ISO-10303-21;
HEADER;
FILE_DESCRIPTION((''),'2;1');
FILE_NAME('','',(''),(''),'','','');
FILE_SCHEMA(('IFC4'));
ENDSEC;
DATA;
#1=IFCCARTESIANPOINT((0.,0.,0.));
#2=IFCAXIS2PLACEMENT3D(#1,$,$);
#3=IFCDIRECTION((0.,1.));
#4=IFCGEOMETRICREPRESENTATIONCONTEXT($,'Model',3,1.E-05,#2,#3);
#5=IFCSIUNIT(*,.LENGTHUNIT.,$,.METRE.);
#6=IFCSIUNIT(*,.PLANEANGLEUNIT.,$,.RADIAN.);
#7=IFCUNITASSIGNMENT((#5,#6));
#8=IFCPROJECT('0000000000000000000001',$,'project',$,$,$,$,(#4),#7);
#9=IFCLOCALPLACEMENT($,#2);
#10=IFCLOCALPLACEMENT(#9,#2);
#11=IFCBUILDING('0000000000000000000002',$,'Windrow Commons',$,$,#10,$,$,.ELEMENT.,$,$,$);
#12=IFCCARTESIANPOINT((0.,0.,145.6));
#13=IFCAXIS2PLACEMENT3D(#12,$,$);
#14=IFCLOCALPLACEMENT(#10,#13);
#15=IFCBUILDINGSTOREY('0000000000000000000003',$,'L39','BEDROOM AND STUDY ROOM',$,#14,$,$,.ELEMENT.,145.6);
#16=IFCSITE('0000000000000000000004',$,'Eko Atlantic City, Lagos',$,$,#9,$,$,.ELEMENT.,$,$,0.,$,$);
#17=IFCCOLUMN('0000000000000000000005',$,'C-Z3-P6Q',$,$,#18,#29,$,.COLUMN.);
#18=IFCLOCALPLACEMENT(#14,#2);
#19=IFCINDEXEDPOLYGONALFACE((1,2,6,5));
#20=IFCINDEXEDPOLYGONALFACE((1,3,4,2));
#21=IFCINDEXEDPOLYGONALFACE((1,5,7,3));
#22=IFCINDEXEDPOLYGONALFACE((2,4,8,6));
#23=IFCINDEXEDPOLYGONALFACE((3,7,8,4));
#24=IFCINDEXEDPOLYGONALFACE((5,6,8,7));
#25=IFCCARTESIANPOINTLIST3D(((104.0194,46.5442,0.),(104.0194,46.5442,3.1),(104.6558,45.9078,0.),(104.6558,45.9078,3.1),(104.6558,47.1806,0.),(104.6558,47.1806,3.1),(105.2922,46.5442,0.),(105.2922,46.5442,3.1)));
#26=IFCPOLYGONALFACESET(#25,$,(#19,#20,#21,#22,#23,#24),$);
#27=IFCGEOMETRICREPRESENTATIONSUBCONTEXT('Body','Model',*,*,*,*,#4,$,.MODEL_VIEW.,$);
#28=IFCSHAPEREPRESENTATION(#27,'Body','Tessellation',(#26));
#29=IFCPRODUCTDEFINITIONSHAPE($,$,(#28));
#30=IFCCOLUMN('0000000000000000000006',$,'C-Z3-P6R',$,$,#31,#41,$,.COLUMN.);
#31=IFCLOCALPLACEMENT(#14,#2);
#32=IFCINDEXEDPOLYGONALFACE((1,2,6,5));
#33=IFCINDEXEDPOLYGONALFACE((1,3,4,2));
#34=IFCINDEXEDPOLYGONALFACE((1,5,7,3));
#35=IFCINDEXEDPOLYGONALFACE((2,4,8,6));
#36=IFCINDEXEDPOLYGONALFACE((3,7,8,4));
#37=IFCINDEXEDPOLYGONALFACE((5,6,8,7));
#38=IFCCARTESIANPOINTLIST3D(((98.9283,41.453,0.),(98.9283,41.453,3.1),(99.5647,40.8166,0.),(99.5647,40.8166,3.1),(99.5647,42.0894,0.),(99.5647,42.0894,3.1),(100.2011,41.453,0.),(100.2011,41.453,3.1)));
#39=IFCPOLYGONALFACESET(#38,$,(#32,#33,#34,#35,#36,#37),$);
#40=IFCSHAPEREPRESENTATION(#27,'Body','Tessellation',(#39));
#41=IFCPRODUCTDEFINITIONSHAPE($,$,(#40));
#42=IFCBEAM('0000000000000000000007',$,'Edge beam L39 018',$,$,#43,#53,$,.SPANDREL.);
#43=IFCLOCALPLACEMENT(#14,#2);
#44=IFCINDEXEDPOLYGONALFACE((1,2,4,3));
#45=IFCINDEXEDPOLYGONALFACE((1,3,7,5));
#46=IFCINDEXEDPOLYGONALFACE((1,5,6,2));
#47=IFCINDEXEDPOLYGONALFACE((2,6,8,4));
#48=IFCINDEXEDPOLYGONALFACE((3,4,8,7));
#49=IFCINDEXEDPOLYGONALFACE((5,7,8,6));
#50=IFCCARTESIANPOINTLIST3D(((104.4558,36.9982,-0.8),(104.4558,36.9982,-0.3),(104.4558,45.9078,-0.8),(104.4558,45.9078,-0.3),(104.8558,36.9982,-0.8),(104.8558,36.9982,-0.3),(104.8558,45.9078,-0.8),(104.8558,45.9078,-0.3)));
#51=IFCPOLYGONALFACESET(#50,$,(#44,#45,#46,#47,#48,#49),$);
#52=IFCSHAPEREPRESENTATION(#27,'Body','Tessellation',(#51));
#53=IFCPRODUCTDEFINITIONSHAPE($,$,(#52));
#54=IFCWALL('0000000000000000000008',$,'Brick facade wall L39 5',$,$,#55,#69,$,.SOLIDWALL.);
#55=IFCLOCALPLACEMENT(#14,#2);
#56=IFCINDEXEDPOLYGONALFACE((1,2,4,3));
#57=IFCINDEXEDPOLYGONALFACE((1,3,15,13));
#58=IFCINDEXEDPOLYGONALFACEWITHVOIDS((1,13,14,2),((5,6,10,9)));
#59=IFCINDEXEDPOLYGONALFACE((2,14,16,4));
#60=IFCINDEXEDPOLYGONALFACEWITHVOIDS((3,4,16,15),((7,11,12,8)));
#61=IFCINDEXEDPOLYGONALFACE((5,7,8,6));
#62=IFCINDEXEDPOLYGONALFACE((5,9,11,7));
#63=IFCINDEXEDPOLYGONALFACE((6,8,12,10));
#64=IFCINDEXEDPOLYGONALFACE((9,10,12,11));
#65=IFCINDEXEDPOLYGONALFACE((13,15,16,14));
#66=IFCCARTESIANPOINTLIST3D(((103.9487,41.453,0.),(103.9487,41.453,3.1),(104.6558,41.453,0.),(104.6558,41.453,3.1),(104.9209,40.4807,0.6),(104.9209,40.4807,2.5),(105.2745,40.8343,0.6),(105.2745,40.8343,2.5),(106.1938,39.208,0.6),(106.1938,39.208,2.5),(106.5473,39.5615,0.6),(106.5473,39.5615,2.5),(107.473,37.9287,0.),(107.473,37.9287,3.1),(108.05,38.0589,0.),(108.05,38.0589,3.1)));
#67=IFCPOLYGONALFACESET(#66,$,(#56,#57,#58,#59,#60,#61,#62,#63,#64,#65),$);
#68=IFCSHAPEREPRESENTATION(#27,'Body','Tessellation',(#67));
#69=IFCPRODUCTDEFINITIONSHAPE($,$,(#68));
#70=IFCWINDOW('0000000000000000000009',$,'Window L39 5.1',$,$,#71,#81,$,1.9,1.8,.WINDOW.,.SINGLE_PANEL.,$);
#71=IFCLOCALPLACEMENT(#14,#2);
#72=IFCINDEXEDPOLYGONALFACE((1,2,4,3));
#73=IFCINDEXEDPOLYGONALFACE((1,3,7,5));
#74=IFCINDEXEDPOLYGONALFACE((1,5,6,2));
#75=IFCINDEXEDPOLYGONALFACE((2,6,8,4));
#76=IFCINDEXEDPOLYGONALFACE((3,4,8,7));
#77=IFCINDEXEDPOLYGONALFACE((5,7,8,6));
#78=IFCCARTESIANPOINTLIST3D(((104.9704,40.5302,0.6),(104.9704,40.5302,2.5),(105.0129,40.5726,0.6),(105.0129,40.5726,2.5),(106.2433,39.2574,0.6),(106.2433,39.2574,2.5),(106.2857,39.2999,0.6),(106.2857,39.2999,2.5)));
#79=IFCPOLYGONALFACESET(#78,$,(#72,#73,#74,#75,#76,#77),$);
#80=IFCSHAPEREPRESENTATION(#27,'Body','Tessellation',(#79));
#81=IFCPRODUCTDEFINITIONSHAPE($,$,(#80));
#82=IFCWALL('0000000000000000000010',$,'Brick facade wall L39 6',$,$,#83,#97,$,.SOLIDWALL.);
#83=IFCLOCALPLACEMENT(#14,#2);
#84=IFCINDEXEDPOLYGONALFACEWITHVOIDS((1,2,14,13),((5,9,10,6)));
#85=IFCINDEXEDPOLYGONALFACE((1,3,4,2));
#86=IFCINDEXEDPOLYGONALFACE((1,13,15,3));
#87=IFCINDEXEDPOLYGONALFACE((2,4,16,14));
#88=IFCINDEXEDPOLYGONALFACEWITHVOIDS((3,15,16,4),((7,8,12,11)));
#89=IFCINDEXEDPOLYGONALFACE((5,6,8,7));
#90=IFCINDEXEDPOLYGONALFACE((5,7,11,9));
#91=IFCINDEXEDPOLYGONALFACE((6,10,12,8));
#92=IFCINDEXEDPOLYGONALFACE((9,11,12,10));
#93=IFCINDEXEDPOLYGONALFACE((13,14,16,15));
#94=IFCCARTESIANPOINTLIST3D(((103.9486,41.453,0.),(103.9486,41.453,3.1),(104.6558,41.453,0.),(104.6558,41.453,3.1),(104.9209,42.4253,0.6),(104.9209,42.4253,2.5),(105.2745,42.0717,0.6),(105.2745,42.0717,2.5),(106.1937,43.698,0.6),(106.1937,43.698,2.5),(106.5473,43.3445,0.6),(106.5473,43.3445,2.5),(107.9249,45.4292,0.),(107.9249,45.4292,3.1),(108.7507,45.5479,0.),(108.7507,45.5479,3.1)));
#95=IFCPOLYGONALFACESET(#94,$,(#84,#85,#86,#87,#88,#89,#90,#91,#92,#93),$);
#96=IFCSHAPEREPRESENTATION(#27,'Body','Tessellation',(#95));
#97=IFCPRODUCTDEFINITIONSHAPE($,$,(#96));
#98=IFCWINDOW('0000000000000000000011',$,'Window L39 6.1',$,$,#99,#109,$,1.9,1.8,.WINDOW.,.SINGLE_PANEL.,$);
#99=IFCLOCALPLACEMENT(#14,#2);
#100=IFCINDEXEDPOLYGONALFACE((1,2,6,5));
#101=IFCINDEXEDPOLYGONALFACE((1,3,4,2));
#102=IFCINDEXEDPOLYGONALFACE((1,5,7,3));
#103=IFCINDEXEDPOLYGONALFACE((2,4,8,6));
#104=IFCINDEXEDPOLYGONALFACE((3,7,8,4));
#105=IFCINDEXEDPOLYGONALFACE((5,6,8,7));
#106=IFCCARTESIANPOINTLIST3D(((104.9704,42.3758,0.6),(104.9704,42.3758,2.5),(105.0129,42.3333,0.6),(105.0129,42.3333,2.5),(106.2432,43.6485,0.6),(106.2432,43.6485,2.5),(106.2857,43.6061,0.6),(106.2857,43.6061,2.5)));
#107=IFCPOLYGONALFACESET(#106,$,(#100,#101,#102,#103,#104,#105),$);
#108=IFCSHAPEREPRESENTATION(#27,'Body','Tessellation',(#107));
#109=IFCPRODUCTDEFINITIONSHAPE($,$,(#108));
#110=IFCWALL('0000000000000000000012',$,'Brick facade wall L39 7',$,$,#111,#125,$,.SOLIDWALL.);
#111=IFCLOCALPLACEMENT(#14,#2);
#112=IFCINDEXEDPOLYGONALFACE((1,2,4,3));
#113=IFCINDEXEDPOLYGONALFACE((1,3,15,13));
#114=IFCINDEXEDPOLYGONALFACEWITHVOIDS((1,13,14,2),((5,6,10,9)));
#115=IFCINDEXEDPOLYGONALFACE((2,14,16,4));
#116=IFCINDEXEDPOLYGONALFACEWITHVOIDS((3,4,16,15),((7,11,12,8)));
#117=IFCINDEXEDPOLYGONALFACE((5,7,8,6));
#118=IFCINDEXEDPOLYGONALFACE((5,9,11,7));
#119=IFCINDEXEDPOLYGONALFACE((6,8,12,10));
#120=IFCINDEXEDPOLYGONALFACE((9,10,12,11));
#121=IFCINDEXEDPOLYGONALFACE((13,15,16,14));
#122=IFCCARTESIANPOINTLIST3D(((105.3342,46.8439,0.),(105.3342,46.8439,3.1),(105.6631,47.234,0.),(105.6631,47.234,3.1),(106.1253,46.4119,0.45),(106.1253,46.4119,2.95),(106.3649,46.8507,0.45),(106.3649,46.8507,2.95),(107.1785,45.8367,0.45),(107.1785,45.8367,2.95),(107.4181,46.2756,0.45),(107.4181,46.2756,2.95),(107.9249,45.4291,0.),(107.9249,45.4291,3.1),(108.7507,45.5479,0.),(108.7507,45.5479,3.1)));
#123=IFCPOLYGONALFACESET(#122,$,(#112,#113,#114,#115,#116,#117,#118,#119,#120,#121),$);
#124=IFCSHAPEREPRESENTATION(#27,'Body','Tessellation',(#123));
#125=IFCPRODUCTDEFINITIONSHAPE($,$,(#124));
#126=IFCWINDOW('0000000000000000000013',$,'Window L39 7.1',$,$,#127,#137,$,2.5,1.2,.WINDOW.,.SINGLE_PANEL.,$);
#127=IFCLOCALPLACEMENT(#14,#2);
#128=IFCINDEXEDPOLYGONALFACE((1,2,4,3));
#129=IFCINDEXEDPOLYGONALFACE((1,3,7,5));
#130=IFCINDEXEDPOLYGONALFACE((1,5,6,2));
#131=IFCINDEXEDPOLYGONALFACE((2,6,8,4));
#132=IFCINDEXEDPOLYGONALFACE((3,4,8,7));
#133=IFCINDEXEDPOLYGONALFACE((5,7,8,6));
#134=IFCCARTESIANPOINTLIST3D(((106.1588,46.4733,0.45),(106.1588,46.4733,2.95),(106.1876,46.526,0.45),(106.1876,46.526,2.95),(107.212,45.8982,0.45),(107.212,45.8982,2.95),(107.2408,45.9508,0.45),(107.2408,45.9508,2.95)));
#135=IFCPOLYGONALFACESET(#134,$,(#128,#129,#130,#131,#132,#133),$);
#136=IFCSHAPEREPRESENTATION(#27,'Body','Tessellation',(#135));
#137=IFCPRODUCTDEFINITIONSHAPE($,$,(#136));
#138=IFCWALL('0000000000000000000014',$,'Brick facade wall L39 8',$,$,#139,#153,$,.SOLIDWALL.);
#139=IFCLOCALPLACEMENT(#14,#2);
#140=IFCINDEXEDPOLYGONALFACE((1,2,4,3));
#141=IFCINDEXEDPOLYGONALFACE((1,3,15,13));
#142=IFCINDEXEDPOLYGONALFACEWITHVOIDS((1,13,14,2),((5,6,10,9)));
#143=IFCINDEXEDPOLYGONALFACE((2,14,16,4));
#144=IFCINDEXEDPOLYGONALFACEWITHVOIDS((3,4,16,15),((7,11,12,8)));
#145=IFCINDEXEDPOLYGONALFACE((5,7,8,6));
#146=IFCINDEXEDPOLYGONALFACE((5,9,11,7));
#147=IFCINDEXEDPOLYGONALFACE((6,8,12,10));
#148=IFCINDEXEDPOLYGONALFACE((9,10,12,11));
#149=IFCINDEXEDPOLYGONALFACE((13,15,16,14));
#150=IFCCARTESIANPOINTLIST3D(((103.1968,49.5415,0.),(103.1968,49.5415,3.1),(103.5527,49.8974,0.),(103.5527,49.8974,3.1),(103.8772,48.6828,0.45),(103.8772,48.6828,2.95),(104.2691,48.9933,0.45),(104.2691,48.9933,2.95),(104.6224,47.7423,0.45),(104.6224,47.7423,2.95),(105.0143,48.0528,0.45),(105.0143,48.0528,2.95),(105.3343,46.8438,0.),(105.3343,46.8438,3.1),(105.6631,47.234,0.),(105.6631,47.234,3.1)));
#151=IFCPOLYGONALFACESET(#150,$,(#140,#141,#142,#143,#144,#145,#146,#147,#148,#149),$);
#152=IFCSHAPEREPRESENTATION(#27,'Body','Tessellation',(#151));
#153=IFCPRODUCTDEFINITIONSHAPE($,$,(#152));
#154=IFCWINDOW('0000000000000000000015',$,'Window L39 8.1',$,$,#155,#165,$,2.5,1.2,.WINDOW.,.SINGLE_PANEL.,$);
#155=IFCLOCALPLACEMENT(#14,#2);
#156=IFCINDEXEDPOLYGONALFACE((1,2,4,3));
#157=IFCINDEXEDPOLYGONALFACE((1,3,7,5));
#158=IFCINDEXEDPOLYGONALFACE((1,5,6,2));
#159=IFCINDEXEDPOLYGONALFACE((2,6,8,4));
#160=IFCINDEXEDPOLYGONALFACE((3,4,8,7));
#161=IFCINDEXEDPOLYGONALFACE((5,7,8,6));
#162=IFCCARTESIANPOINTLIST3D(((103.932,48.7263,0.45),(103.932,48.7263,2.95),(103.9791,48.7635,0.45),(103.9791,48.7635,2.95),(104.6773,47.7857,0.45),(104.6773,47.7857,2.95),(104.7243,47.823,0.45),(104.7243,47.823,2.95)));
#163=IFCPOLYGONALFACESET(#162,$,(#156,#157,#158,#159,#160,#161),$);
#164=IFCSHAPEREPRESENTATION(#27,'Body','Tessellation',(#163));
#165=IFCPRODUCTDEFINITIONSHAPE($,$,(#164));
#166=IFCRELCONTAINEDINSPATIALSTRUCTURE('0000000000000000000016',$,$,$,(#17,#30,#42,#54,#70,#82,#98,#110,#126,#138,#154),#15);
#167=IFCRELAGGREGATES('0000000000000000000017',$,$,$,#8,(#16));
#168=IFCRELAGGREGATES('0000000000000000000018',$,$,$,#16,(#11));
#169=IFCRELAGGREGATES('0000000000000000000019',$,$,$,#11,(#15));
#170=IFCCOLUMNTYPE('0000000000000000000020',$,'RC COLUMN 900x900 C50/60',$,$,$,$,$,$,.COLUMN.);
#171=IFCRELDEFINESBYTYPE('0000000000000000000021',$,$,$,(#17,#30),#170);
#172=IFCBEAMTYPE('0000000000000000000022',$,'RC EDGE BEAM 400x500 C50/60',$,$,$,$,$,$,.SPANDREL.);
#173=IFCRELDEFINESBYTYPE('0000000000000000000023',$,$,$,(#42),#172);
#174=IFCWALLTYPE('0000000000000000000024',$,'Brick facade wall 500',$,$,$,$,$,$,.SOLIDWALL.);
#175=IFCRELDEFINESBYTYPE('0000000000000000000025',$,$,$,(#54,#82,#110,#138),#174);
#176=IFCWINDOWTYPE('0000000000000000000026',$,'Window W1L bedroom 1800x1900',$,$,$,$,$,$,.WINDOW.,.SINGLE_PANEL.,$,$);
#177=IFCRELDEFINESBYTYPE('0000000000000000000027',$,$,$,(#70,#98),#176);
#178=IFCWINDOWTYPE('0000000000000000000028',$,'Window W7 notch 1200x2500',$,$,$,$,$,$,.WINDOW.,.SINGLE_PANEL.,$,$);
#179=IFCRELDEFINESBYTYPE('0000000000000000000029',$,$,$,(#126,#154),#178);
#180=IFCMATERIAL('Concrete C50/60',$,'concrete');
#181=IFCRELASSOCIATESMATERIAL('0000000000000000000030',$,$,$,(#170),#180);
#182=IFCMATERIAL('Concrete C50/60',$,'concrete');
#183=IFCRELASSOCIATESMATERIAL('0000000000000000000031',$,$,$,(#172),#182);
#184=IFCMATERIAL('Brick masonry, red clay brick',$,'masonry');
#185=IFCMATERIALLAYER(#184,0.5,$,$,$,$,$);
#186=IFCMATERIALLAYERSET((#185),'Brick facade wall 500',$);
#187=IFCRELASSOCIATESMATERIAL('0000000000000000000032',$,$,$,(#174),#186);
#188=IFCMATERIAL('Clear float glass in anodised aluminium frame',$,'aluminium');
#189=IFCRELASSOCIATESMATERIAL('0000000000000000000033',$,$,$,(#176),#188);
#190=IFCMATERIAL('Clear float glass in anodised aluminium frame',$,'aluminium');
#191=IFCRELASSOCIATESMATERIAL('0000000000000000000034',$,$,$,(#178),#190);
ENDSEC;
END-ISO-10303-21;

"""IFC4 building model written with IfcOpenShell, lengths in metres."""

from ifc_helpers import new_model, si_unit, direction, frame, frame_2d, origin, origin_2d, place, context, subcontext, project, spatial, polyline, rectangle, outline, extrude, material, layer, layer_set, material_profile, profile_set, type_object, element, fill, save


model = new_model("IFC4")

# Units and contexts
model_context = context("Model", 3, precision=1e-05, world=origin(), true_north=direction((0.0, 1.0)))
body_context = subcontext(model_context, "Body", "Model", "MODEL_VIEW")
ifc_project = project(units=[si_unit("LENGTHUNIT", "METRE"), si_unit("PLANEANGLEUNIT", "RADIAN")], contexts=[model_context])

# Site, building, storey
site_placement = place(None, origin())
site = spatial("IfcSite", under=ifc_project, at=site_placement, Name="Eko Atlantic City, Lagos", CompositionType="ELEMENT", RefElevation=0.0)
building_placement = place(site_placement, origin())
building = spatial("IfcBuilding", under=site, at=building_placement, Name="Windrow Commons", CompositionType="ELEMENT")
storey_placement = place(building_placement, frame((0.0, 0.0, 145.6)))
storey = spatial("IfcBuildingStorey", under=building, at=storey_placement, Name="L39", Description="BEDROOM AND STUDY ROOM", CompositionType="ELEMENT", Elevation=145.6)

# Columns
ifc_material_1 = material(Name="Concrete C50/60", Category="concrete")
ifc_material_profile_1 = material_profile(ifc_material_1, rectangle(XDim=0.9, YDim=0.9, at=origin_2d()))
ifc_profile_set_1 = profile_set([ifc_material_profile_1], Name="Concrete C50/60")
column_type = type_object("IfcColumnType", Name="RC COLUMN 900x900 C50/60", PredefinedType="COLUMN", material=ifc_profile_set_1)
for number, where, z_axis, x_axis, name in (
    (1, (104.6558, 46.5442, 0.0), (0.0, 0.0, 1.0), (0.707107, -0.707107, 0.0), "C-Z3-P6Q"),
    (2, (99.5647, 41.453, 0.0), (0.0, 0.0, 1.0), (0.707107, -0.707107, 0.0), "C-Z3-P6R"),
):
    element("IfcColumn", number, at=place(storey_placement, frame(where, z_axis=z_axis, x_axis=x_axis)), inside=storey, type_object=column_type, Name=name, PredefinedType="COLUMN", context=body_context, shape_type="SweptSolid", body=[
        extrude(rectangle(XDim=0.9, YDim=0.9, at=origin_2d()), origin(), (0.0, 0.0, 1.0), 3.1),
    ])

# Beam
ifc_material_2 = material(Name="Concrete C50/60", Category="concrete")
ifc_material_profile_2 = material_profile(ifc_material_2, rectangle(XDim=0.4, YDim=0.5, at=origin_2d()))
ifc_profile_set_2 = profile_set([ifc_material_profile_2], Name="Concrete C50/60")
beam_type = type_object("IfcBeamType", Name="RC EDGE BEAM 400x500 C50/60", PredefinedType="SPANDREL", material=ifc_profile_set_2)
beam_placement = place(storey_placement, frame((104.6558, 45.9078, -0.55), z_axis=(0.0, -1.0, 0.0), x_axis=(1.0, 0.0, 0.0)))
element("IfcBeam", 3, at=beam_placement, inside=storey, type_object=beam_type, Name="Edge beam L39 018", PredefinedType="SPANDREL", context=body_context, shape_type="SweptSolid", body=[
    extrude(rectangle(XDim=0.4, YDim=0.5, at=origin_2d()), origin(), (0.0, 0.0, 1.0), 8.9096),
])

# Walls, openings, windows
ifc_material_3 = material(Name="Brick masonry, red clay brick", Category="masonry")
ifc_layer_1 = layer(ifc_material_3, 0.5)
ifc_layer_set_1 = layer_set([ifc_layer_1], Name="Brick facade wall 500")
wall_type_1 = type_object("IfcWallType", Name="Brick facade wall 500", PredefinedType="SOLIDWALL", material=ifc_layer_set_1)
wall_1_placement = place(storey_placement, frame((107.7615, 37.9938, 0.0), z_axis=(0.0, 0.0, 1.0), x_axis=(-0.707117, 0.707097, 0.0)))
wall_1 = element("IfcWall", 4, at=wall_1_placement, inside=storey, type_object=wall_type_1, Name="Brick facade wall L39 5", PredefinedType="SOLIDWALL", context=body_context, shape_type="SweptSolid", body=[
    extrude(outline(polyline([(-0.158, -0.25), (4.6421, -0.25), (5.1421, 0.25), (0.158, 0.25), (-0.158, -0.25)])), origin(), (0.0, 0.0, 1.0), 3.1),
])
opening_1_placement = place(wall_1_placement, frame((1.9671, 0.0, 0.6)))
opening_1 = element("IfcOpeningElement", 5, at=opening_1_placement, cuts=wall_1, PredefinedType="OPENING", context=body_context, shape_type="SweptSolid", body=[
    extrude(rectangle(XDim=1.8, YDim=1.9, at=frame_2d((0.9, 0.95))), frame((0.0, 0.26, 0.0), z_axis=(0.0, -1.0, 0.0), x_axis=(1.0, 0.0, 0.0)), (0.0, 0.0, 1.0), 0.52),
])
ifc_material_4 = material(Name="Clear float glass in anodised aluminium frame", Category="aluminium")
window_type_1 = type_object("IfcWindowType", Name="Window W1L bedroom 1800x1900", PartitioningType="SINGLE_PANEL", PredefinedType="WINDOW", material=ifc_material_4)
window_1_placement = place(opening_1_placement, origin())
window_1 = element("IfcWindow", 6, at=window_1_placement, inside=storey, type_object=window_type_1, Name="Window L39 5.1", OverallHeight=1.9, OverallWidth=1.8, PartitioningType="SINGLE_PANEL", PredefinedType="WINDOW", context=body_context, shape_type="SweptSolid", body=[
    extrude(rectangle(XDim=1.8, YDim=1.9, at=frame_2d((0.9, 0.95))), frame((0.0, 0.18, 0.0), z_axis=(0.0, -1.0, 0.0), x_axis=(1.0, 0.0, 0.0)), (0.0, 0.0, 1.0), 0.06),
])
fill(opening_1, window_1)
wall_2_placement = place(storey_placement, frame((104.3022, 41.453, 0.0), z_axis=(0.0, 0.0, 1.0), x_axis=(0.707116, 0.707098, 0.0)))
wall_2 = element("IfcWall", 7, at=wall_2_placement, inside=storey, type_object=wall_type_1, Name="Brick facade wall L39 6", PredefinedType="SOLIDWALL", context=body_context, shape_type="SweptSolid", body=[
    extrude(outline(polyline([(0.25, -0.25), (6.0411, -0.25), (5.3732, 0.25), (-0.25, 0.25), (0.25, -0.25)])), origin(), (0.0, 0.0, 1.0), 3.1),
])
opening_2_placement = place(wall_2_placement, frame((1.125, 0.0, 0.6)))
opening_2 = element("IfcOpeningElement", 8, at=opening_2_placement, cuts=wall_2, PredefinedType="OPENING", context=body_context, shape_type="SweptSolid", body=[
    extrude(rectangle(XDim=1.8, YDim=1.9, at=frame_2d((0.9, 0.95))), frame((0.0, 0.26, 0.0), z_axis=(0.0, -1.0, 0.0), x_axis=(1.0, 0.0, 0.0)), (0.0, 0.0, 1.0), 0.52),
])
window_2_placement = place(opening_2_placement, origin())
window_2 = element("IfcWindow", 9, at=window_2_placement, inside=storey, type_object=window_type_1, Name="Window L39 6.1", OverallHeight=1.9, OverallWidth=1.8, PartitioningType="SINGLE_PANEL", PredefinedType="WINDOW", context=body_context, shape_type="SweptSolid", body=[
    extrude(rectangle(XDim=1.8, YDim=1.9, at=frame_2d((0.9, 0.95))), frame((0.0, 0.18, 0.0), z_axis=(0.0, -1.0, 0.0), x_axis=(1.0, 0.0, 0.0)), (0.0, 0.0, 1.0), 0.06),
])
fill(opening_2, window_2)
wall_3_placement = place(storey_placement, frame((108.3378, 45.4885, 0.0), z_axis=(0.0, 0.0, 1.0), x_axis=(-0.877662, 0.479281, 0.0)))
wall_3 = element("IfcWall", 10, at=wall_3_placement, inside=storey, type_object=wall_type_1, Name="Brick facade wall L39 7", PredefinedType="SOLIDWALL", context=body_context, shape_type="SweptSolid", body=[
    extrude(outline(polyline([(-0.3339, -0.25), (3.1841, -0.25), (3.2857, 0.25), (0.3339, 0.25), (-0.3339, -0.25)])), origin(), (0.0, 0.0, 1.0), 3.1),
])
opening_3_placement = place(wall_3_placement, frame((1.1844, 0.0, 0.45)))
opening_3 = element("IfcOpeningElement", 11, at=opening_3_placement, cuts=wall_3, PredefinedType="OPENING", context=body_context, shape_type="SweptSolid", body=[
    extrude(rectangle(XDim=1.2, YDim=2.5, at=frame_2d((0.6, 1.25))), frame((0.0, 0.26, 0.0), z_axis=(0.0, -1.0, 0.0), x_axis=(1.0, 0.0, 0.0)), (0.0, 0.0, 1.0), 0.52),
])
ifc_material_5 = material(Name="Clear float glass in anodised aluminium frame", Category="aluminium")
window_type_2 = type_object("IfcWindowType", Name="Window W7 notch 1200x2500", PartitioningType="SINGLE_PANEL", PredefinedType="WINDOW", material=ifc_material_5)
window_3_placement = place(opening_3_placement, origin())
window_3 = element("IfcWindow", 12, at=window_3_placement, inside=storey, type_object=window_type_2, Name="Window L39 7.1", OverallHeight=2.5, OverallWidth=1.2, PartitioningType="SINGLE_PANEL", PredefinedType="WINDOW", context=body_context, shape_type="SweptSolid", body=[
    extrude(rectangle(XDim=1.2, YDim=2.5, at=frame_2d((0.6, 1.25))), frame((0.0, 0.18, 0.0), z_axis=(0.0, -1.0, 0.0), x_axis=(1.0, 0.0, 0.0)), (0.0, 0.0, 1.0), 0.06),
])
fill(opening_3, window_3)
wall_4_placement = place(storey_placement, frame((105.4987, 47.0389, 0.0), z_axis=(0.0, 0.0, 1.0), x_axis=(-0.621037, 0.783781, 0.0)))
wall_4 = element("IfcWall", 13, at=wall_4_placement, inside=storey, type_object=wall_type_1, Name="Brick facade wall L39 8", PredefinedType="SOLIDWALL", context=body_context, shape_type="SweptSolid", body=[
    extrude(outline(polyline([(0.0508, -0.25), (3.449, -0.25), (3.3911, 0.25), (-0.0508, 0.25), (0.0508, -0.25)])), origin(), (0.0, 0.0, 1.0), 3.1),
])
opening_4_placement = place(wall_4_placement, frame((1.0955, 0.0, 0.45)))
opening_4 = element("IfcOpeningElement", 14, at=opening_4_placement, cuts=wall_4, PredefinedType="OPENING", context=body_context, shape_type="SweptSolid", body=[
    extrude(rectangle(XDim=1.2, YDim=2.5, at=frame_2d((0.6, 1.25))), frame((0.0, 0.26, 0.0), z_axis=(0.0, -1.0, 0.0), x_axis=(1.0, 0.0, 0.0)), (0.0, 0.0, 1.0), 0.52),
])
window_4_placement = place(opening_4_placement, origin())
window_4 = element("IfcWindow", 15, at=window_4_placement, inside=storey, type_object=window_type_2, Name="Window L39 8.1", OverallHeight=2.5, OverallWidth=1.2, PartitioningType="SINGLE_PANEL", PredefinedType="WINDOW", context=body_context, shape_type="SweptSolid", body=[
    extrude(rectangle(XDim=1.2, YDim=2.5, at=frame_2d((0.6, 1.25))), frame((0.0, 0.18, 0.0), z_axis=(0.0, -1.0, 0.0), x_axis=(1.0, 0.0, 0.0)), (0.0, 0.0, 1.0), 0.06),
])
fill(opening_4, window_4)

save(model, "model.ifc")
